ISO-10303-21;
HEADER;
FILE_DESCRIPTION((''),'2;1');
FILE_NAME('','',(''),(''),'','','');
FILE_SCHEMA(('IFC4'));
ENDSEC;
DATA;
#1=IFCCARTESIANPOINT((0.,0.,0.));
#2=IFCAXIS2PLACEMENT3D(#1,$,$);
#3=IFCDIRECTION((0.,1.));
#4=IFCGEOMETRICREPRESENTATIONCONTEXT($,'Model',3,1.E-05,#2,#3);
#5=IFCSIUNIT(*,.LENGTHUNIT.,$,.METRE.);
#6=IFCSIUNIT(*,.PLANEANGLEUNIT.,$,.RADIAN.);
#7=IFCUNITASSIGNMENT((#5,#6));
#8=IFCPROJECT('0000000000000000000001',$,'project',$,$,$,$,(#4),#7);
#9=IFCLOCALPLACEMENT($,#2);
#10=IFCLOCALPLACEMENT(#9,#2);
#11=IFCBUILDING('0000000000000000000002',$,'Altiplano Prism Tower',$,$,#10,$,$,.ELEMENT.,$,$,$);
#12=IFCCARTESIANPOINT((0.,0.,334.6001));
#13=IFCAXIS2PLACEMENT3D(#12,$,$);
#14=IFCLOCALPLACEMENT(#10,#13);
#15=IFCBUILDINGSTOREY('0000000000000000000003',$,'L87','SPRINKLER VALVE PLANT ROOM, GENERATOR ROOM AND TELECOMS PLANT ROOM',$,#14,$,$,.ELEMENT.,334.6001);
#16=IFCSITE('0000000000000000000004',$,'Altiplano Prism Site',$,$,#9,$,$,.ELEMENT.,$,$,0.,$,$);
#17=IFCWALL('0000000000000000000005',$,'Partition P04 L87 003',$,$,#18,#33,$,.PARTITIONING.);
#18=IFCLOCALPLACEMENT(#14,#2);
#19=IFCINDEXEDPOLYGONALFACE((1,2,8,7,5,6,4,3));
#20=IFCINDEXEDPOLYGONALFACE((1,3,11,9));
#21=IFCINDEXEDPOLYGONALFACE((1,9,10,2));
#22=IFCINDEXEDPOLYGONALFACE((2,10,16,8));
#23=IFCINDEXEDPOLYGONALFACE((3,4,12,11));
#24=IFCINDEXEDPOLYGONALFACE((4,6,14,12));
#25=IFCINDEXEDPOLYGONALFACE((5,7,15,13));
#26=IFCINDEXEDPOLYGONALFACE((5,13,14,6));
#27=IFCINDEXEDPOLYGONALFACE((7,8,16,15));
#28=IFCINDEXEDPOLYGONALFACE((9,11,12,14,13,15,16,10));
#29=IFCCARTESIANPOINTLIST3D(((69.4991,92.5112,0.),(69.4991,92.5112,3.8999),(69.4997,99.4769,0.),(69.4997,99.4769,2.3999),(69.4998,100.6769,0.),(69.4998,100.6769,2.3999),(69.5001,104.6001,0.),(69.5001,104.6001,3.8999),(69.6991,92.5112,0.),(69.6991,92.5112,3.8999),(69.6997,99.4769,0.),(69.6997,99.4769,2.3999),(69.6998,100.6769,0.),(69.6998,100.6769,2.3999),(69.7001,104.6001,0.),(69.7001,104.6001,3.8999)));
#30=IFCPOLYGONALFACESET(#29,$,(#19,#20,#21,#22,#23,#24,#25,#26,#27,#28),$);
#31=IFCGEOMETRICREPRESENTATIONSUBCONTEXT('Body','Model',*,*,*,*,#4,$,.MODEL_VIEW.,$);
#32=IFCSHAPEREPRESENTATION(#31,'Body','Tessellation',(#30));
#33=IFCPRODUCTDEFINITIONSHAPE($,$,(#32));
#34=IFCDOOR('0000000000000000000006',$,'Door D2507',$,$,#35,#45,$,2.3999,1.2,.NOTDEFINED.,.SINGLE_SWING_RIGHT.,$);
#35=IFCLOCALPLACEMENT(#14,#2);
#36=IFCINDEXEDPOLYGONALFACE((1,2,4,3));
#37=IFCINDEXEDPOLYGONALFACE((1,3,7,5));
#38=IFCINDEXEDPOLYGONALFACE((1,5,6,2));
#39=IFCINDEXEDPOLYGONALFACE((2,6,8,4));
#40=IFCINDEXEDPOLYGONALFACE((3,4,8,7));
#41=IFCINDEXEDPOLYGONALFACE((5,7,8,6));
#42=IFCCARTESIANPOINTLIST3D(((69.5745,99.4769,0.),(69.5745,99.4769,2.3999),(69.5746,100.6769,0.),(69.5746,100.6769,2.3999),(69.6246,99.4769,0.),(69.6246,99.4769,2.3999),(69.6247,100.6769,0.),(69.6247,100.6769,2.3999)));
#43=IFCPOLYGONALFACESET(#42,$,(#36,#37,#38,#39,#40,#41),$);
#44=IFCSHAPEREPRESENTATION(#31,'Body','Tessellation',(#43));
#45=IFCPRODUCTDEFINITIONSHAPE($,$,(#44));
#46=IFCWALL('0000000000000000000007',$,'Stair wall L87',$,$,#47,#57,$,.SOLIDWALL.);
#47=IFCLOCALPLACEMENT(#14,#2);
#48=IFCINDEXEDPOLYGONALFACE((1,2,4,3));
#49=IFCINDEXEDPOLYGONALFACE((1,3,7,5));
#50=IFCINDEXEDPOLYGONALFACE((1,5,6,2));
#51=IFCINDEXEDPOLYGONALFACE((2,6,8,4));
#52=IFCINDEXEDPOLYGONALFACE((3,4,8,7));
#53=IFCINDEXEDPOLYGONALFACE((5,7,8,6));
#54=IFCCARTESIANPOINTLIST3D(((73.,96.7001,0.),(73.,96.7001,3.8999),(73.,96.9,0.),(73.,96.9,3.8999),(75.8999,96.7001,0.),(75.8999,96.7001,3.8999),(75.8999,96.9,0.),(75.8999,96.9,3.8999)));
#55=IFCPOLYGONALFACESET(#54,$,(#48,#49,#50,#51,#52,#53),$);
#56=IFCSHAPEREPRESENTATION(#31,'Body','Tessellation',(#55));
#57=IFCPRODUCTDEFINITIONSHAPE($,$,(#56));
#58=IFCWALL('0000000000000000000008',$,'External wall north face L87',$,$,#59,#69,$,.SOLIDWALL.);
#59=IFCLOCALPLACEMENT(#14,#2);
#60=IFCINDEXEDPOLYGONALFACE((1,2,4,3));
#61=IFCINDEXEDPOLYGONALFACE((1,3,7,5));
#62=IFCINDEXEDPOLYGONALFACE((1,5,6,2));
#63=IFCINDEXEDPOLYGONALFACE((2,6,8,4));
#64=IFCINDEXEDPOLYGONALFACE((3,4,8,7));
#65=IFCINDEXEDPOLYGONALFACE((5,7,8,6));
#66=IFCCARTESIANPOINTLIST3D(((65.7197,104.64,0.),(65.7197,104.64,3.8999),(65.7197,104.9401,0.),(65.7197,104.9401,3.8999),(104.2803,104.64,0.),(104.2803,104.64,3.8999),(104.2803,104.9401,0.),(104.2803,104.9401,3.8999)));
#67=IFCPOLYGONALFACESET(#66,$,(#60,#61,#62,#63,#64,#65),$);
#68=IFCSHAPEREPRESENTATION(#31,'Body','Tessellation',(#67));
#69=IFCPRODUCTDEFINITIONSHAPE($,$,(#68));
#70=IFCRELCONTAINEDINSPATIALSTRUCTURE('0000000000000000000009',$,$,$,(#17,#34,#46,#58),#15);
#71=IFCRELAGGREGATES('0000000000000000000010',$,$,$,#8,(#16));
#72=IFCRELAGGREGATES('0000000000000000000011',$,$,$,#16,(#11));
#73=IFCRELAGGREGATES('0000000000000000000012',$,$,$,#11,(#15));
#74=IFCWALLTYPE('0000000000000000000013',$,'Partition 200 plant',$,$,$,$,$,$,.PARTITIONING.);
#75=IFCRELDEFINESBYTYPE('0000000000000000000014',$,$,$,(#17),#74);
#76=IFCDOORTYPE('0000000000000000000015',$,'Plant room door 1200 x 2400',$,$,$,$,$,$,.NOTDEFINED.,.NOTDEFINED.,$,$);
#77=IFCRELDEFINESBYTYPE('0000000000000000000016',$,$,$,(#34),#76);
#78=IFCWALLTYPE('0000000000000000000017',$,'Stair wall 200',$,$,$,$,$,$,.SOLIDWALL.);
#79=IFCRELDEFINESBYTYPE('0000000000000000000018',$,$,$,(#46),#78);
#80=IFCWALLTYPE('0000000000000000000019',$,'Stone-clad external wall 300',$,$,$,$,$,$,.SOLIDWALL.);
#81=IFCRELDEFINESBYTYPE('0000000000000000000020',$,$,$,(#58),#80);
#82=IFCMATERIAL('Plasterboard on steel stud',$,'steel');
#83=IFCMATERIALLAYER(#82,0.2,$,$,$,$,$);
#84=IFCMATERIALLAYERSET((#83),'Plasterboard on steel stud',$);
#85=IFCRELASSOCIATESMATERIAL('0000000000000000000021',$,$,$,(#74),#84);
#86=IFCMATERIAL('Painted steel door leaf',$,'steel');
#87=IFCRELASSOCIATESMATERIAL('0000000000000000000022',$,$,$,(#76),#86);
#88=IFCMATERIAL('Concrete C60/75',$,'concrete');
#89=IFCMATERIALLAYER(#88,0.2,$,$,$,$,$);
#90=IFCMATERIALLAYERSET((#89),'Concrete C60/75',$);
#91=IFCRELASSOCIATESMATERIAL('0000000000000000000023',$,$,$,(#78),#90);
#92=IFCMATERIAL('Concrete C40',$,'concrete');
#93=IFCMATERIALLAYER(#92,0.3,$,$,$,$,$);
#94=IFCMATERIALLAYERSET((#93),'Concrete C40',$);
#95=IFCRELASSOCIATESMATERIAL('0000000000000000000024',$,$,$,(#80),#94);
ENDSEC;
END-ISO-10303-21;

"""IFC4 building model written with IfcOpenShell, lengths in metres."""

from ifc_helpers import new_model, si_unit, direction, frame, frame_2d, origin, place, context, subcontext, project, spatial, rectangle, extrude, material, layer, layer_set, type_object, element, fill, save


model = new_model("IFC4")

# Units and contexts
model_context = context("Model", 3, precision=1e-05, world=origin(), true_north=direction((0.0, 1.0)))
body_context = subcontext(model_context, "Body", "Model", "MODEL_VIEW")
ifc_project = project(units=[si_unit("LENGTHUNIT", "METRE"), si_unit("PLANEANGLEUNIT", "RADIAN")], contexts=[model_context])

# Site, building, storey
site_placement = place(None, origin())
site = spatial("IfcSite", under=ifc_project, at=site_placement, Name="Altiplano Prism Site", CompositionType="ELEMENT", RefElevation=0.0)
building_placement = place(site_placement, origin())
building = spatial("IfcBuilding", under=site, at=building_placement, Name="Altiplano Prism Tower", CompositionType="ELEMENT")
storey_placement = place(building_placement, frame((0.0, 0.0, 334.6001)))
storey = spatial("IfcBuildingStorey", under=building, at=storey_placement, Name="L87", Description="SPRINKLER VALVE PLANT ROOM, GENERATOR ROOM AND TELECOMS PLANT ROOM", CompositionType="ELEMENT", Elevation=334.6001)

# Shared definitions
ifc_material_1 = material(Name="Concrete C60/75", Category="concrete")

# Wall, opening, door
ifc_material_2 = material(Name="Plasterboard on steel stud", Category="steel")
ifc_layer_1 = layer(ifc_material_2, 0.2)
ifc_layer_set_1 = layer_set([ifc_layer_1], Name="Plasterboard on steel stud")
wall_type_1 = type_object("IfcWallType", Name="Partition 200 plant", PredefinedType="PARTITIONING", material=ifc_layer_set_1)
wall_1_placement = place(storey_placement, frame((69.6001, 104.6001, 0.0), z_axis=(0.0, 0.0, 1.0), x_axis=(-0.000081, -1.0, 0.0)))
wall_1 = element("IfcWall", 1, at=wall_1_placement, inside=storey, type_object=wall_type_1, Name="Partition P04 L87 003", PredefinedType="PARTITIONING", context=body_context, shape_type="SweptSolid", body=[
    extrude(rectangle(XDim=12.0889, YDim=0.2, at=frame_2d((6.0444, 0.0))), origin(), (0.0, 0.0, 1.0), 3.8999),
])
opening_placement = place(wall_1_placement, frame((3.9231, 0.0, 0.0)))
opening = element("IfcOpeningElement", 2, at=opening_placement, cuts=wall_1, PredefinedType="OPENING", context=body_context, shape_type="SweptSolid", body=[
    extrude(rectangle(XDim=1.2, YDim=2.3999, at=frame_2d((0.6001, 1.2))), frame((0.0, 0.1104, 0.0), z_axis=(0.0, -1.0, 0.0), x_axis=(1.0, 0.0, 0.0)), (0.0, 0.0, 1.0), 0.2209),
])
ifc_material_3 = material(Name="Painted steel door leaf", Category="steel")
door_type = type_object("IfcDoorType", Name="Plant room door 1200 x 2400", OperationType="NOTDEFINED", PredefinedType="NOTDEFINED", material=ifc_material_3)
door_placement = place(opening_placement, origin())
door = element("IfcDoor", 3, at=door_placement, inside=storey, type_object=door_type, Name="Door D2507", OperationType="SINGLE_SWING_RIGHT", OverallHeight=2.3999, OverallWidth=1.2, PredefinedType="NOTDEFINED", context=body_context, shape_type="SweptSolid", body=[
    extrude(rectangle(XDim=1.2, YDim=2.3999, at=frame_2d((0.6001, 1.2))), frame((0.0, 0.0249, 0.0), z_axis=(0.0, -1.0, 0.0), x_axis=(1.0, 0.0, 0.0)), (0.0, 0.0, 1.0), 0.05),
])
fill(opening, door)

# Walls
ifc_layer_2 = layer(ifc_material_1, 0.2)
ifc_layer_set_2 = layer_set([ifc_layer_2], Name="Concrete C60/75")
wall_type_2 = type_object("IfcWallType", Name="Stair wall 200", PredefinedType="SOLIDWALL", material=ifc_layer_set_2)
wall_2_placement = place(storey_placement, frame((73.0, 96.8, 0.0), z_axis=(0.0, 0.0, 1.0), x_axis=(1.0, 0.0, 0.0)))
element("IfcWall", 4, at=wall_2_placement, inside=storey, type_object=wall_type_2, Name="Stair wall L87", PredefinedType="SOLIDWALL", context=body_context, shape_type="SweptSolid", body=[
    extrude(rectangle(XDim=2.8999, YDim=0.2, at=frame_2d((1.45, 0.0))), origin(), (0.0, 0.0, 1.0), 3.8999),
])
ifc_material_4 = material(Name="Concrete C40", Category="concrete")
ifc_layer_3 = layer(ifc_material_4, 0.3)
ifc_layer_set_3 = layer_set([ifc_layer_3], Name="Concrete C40")
wall_type_3 = type_object("IfcWallType", Name="Stone-clad external wall 300", PredefinedType="SOLIDWALL", material=ifc_layer_set_3)
wall_3_placement = place(storey_placement, frame((65.7197, 104.79, 0.0), z_axis=(0.0, 0.0, 1.0), x_axis=(1.0, 0.0, 0.0)))
element("IfcWall", 5, at=wall_3_placement, inside=storey, type_object=wall_type_3, Name="External wall north face L87", PredefinedType="SOLIDWALL", context=body_context, shape_type="SweptSolid", body=[
    extrude(rectangle(XDim=38.5605, YDim=0.3, at=frame_2d((19.2803, 0.0))), origin(), (0.0, 0.0, 1.0), 3.8999),
])

save(model, "model.ifc")
